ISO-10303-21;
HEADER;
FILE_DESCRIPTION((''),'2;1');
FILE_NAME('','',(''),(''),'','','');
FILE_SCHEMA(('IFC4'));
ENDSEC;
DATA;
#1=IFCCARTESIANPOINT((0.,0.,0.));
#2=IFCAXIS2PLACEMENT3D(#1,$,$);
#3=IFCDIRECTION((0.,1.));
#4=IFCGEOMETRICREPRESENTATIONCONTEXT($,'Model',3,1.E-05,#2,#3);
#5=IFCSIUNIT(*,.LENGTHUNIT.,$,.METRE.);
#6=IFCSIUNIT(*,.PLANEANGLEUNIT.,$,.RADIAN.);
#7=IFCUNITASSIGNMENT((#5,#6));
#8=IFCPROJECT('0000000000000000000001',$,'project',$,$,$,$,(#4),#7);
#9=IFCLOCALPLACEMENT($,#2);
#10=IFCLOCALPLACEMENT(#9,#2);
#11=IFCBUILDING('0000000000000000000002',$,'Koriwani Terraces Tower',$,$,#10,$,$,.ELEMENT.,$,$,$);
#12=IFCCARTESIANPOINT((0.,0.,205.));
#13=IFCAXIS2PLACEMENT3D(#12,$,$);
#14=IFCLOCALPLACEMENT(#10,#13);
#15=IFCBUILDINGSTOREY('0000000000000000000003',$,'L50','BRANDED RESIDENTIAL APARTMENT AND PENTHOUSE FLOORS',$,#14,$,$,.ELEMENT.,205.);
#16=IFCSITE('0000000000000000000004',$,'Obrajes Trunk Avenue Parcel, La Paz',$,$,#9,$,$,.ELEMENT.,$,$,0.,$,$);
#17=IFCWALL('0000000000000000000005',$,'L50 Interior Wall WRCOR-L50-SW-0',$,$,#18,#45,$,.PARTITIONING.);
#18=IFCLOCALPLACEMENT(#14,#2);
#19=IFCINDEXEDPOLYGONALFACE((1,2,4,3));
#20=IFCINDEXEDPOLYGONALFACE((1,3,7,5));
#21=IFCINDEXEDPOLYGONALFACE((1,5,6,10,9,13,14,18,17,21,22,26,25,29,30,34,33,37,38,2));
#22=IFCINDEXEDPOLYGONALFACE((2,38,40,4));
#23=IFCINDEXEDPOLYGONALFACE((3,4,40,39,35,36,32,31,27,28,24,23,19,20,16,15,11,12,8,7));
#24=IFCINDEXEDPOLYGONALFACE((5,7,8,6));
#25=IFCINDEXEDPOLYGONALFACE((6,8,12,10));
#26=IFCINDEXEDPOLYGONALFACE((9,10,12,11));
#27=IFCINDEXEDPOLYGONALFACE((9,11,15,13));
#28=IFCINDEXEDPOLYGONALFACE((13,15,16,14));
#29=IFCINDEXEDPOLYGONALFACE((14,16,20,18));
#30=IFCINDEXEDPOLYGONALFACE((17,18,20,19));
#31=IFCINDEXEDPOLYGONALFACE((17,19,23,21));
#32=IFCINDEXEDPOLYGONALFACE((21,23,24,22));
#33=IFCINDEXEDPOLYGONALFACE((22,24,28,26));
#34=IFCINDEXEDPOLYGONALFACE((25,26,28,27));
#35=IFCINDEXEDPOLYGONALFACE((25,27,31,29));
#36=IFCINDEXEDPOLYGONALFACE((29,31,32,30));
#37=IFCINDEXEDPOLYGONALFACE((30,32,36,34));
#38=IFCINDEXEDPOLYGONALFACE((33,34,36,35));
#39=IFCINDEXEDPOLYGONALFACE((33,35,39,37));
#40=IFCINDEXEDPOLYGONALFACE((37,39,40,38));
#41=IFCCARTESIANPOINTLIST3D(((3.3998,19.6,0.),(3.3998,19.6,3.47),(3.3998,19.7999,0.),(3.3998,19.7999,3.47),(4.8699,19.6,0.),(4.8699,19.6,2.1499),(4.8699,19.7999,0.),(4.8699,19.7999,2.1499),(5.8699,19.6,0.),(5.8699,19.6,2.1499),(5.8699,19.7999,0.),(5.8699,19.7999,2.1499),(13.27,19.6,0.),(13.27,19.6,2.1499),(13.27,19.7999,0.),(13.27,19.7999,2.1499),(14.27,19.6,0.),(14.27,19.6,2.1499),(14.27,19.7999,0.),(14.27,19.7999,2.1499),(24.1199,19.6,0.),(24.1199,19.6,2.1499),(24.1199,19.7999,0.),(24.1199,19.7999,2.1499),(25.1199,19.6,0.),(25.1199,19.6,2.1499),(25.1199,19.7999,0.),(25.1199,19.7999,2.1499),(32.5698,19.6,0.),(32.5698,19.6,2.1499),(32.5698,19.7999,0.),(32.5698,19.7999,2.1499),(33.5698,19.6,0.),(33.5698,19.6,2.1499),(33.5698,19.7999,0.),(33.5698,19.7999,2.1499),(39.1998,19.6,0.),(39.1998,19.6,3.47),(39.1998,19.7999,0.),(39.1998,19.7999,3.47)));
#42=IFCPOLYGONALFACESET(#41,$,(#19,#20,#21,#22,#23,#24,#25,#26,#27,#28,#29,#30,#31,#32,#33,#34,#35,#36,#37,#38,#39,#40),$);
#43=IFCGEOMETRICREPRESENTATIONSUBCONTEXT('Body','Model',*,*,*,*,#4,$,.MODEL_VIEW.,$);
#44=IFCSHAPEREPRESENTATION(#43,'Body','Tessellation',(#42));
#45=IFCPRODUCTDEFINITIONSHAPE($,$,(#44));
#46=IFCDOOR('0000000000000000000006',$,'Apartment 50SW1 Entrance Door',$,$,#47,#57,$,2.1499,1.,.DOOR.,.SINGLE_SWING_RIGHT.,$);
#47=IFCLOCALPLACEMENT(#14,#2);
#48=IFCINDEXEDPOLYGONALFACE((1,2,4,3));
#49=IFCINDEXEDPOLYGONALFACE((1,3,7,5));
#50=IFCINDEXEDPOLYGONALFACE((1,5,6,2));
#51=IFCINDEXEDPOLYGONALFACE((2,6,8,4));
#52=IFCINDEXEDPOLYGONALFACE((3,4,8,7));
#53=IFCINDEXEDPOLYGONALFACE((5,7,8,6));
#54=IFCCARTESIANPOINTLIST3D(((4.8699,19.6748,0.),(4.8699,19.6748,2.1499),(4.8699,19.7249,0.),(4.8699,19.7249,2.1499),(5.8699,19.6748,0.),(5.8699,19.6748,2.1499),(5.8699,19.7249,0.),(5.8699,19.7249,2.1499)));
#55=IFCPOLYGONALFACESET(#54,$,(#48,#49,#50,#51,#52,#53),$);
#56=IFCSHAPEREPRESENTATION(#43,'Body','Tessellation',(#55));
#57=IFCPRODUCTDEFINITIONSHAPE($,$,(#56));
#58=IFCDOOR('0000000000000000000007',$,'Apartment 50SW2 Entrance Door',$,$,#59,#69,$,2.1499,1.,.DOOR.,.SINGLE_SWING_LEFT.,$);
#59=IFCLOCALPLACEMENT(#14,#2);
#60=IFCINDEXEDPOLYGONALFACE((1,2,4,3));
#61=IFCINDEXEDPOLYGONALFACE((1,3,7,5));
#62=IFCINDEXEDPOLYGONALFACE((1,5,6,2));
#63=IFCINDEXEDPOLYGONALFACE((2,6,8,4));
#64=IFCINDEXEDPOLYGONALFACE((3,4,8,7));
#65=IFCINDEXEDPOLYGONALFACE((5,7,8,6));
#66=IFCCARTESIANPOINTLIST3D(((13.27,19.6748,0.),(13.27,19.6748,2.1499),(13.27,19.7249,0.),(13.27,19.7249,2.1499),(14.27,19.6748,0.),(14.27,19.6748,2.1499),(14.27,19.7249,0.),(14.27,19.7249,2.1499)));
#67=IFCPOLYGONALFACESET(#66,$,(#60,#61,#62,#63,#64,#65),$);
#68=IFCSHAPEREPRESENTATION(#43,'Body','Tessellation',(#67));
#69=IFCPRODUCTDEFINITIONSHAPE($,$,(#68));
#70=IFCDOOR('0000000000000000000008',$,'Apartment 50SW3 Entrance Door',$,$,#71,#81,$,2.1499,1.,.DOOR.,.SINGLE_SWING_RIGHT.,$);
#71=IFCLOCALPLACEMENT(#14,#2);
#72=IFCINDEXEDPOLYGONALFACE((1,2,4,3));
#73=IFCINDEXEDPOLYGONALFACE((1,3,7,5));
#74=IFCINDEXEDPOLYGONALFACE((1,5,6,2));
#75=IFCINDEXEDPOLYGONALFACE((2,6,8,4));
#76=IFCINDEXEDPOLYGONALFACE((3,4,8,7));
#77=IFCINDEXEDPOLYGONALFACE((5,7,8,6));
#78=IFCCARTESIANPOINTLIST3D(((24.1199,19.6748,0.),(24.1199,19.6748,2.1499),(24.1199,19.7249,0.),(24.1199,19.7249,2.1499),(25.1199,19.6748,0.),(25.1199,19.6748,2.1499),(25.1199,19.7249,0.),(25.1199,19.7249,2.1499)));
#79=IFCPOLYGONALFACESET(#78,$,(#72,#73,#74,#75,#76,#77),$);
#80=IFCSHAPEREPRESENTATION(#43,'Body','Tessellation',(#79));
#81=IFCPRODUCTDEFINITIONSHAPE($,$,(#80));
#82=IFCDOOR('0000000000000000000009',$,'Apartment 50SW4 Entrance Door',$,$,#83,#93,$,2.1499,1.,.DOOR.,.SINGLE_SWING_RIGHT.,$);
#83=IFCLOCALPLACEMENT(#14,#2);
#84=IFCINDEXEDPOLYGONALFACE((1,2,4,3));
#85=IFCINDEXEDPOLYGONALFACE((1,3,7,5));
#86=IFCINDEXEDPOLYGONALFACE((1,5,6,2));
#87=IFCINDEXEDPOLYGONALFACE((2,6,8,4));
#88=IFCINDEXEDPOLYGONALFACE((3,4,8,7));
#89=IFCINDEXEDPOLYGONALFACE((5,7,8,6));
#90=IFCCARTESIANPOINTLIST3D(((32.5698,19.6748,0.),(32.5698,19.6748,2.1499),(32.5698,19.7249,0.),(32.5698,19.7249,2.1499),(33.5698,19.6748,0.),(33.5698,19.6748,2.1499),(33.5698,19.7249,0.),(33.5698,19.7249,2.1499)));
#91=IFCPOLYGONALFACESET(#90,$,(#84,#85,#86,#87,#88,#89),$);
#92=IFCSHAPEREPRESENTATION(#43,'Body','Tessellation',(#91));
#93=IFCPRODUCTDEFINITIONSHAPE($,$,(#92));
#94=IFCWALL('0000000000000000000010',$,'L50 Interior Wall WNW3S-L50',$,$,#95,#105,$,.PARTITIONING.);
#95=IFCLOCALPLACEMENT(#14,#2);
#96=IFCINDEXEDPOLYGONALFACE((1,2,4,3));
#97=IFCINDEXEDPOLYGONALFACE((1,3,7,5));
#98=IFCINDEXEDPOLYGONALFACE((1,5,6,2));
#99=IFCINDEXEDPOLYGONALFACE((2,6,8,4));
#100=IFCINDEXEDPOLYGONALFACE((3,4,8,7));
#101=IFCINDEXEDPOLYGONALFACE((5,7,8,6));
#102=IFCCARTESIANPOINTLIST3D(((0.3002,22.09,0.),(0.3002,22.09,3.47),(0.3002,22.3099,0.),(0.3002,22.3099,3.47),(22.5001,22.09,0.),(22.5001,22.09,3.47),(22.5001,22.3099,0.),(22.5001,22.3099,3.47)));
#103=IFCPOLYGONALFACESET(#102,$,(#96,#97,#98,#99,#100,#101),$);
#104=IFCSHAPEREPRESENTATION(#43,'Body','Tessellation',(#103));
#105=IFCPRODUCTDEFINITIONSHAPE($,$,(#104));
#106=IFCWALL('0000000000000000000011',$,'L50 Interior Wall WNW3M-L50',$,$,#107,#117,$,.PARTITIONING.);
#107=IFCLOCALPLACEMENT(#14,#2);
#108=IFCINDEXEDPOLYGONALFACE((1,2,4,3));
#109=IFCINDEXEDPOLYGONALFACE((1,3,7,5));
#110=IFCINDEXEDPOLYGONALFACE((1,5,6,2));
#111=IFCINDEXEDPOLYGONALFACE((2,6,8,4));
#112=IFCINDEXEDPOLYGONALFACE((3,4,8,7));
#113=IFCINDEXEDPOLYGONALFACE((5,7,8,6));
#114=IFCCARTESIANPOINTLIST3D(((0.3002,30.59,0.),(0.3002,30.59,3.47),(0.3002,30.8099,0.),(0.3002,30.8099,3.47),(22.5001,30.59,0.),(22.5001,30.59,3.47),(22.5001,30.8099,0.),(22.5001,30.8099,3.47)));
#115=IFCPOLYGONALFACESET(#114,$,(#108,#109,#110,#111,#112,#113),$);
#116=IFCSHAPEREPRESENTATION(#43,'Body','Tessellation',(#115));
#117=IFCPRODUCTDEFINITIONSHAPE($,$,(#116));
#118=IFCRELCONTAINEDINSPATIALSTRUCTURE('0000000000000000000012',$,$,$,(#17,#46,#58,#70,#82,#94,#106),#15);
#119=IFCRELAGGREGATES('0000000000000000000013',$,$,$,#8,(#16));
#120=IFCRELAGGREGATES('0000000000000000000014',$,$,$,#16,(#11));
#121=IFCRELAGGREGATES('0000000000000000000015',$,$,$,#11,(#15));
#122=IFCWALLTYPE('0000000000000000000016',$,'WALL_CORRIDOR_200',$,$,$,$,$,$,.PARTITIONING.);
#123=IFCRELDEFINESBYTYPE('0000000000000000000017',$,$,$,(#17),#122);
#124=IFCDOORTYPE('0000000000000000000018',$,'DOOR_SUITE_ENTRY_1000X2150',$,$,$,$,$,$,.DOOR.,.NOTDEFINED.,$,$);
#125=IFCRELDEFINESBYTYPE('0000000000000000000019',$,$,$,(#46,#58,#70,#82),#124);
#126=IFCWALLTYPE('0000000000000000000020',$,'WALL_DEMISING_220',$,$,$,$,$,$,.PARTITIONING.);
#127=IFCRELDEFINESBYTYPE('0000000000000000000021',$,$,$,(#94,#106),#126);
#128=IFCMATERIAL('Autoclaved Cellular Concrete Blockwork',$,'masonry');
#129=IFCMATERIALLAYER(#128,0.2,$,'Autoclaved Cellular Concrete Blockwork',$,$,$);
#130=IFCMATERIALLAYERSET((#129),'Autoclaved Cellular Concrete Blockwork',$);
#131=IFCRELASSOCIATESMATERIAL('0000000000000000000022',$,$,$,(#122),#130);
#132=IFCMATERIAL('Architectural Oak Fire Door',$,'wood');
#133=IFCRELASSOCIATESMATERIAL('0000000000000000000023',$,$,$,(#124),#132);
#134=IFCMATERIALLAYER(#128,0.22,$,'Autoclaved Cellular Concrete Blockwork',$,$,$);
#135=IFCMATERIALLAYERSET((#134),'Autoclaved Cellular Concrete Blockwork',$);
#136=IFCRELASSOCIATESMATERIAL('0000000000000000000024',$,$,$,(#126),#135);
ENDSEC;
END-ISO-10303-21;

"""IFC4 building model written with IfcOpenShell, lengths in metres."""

from ifc_helpers import new_model, si_unit, direction, frame, frame_2d, origin, place, context, subcontext, project, spatial, rectangle, extrude, material, layer, layer_set, type_object, element, fill, save


model = new_model("IFC4")

# Units and contexts
model_context = context("Model", 3, precision=1e-05, world=origin(), true_north=direction((0.0, 1.0)))
body_context = subcontext(model_context, "Body", "Model", "MODEL_VIEW")
ifc_project = project(units=[si_unit("LENGTHUNIT", "METRE"), si_unit("PLANEANGLEUNIT", "RADIAN")], contexts=[model_context])

# Site, building, storey
site_placement = place(None, origin())
site = spatial("IfcSite", under=ifc_project, at=site_placement, Name="Obrajes Trunk Avenue Parcel, La Paz", CompositionType="ELEMENT", RefElevation=0.0)
building_placement = place(site_placement, origin())
building = spatial("IfcBuilding", under=site, at=building_placement, Name="Koriwani Terraces Tower", CompositionType="ELEMENT")
storey_placement = place(building_placement, frame((0.0, 0.0, 205.0)))
storey = spatial("IfcBuildingStorey", under=building, at=storey_placement, Name="L50", Description="BRANDED RESIDENTIAL APARTMENT AND PENTHOUSE FLOORS", CompositionType="ELEMENT", Elevation=205.0)

# Wall, openings, doors
ifc_material_1 = material(Name="Autoclaved Cellular Concrete Blockwork", Category="masonry")
ifc_layer_1 = layer(ifc_material_1, 0.2, Name="Autoclaved Cellular Concrete Blockwork")
ifc_layer_set_1 = layer_set([ifc_layer_1], Name="Autoclaved Cellular Concrete Blockwork")
wall_type_1 = type_object("IfcWallType", Name="WALL_CORRIDOR_200", PredefinedType="PARTITIONING", material=ifc_layer_set_1)
wall_placement = place(storey_placement, frame((3.3999, 19.7, 0.0), z_axis=(0.0, 0.0, 1.0), x_axis=(1.0, 0.0, 0.0)))
wall = element("IfcWall", 1, at=wall_placement, inside=storey, type_object=wall_type_1, Name="L50 Interior Wall WRCOR-L50-SW-0", PredefinedType="PARTITIONING", context=body_context, shape_type="SweptSolid", body=[
    extrude(rectangle(XDim=35.8, YDim=0.2, at=frame_2d((17.8999, 0.0))), origin(), (0.0, 0.0, 1.0), 3.47),
])
opening_1_placement = place(wall_placement, frame((1.47, 0.0, 0.0)))
opening_1 = element("IfcOpeningElement", 2, at=opening_1_placement, cuts=wall, PredefinedType="OPENING", context=body_context, shape_type="SweptSolid", body=[
    extrude(rectangle(XDim=1.0, YDim=2.1499, at=frame_2d((0.5, 1.075))), frame((0.0, 0.1099, 0.0), z_axis=(0.0, -1.0, 0.0), x_axis=(1.0, 0.0, 0.0)), (0.0, 0.0, 1.0), 0.22),
])
opening_2_placement = place(wall_placement, frame((9.8701, 0.0, 0.0)))
opening_2 = element("IfcOpeningElement", 3, at=opening_2_placement, cuts=wall, PredefinedType="OPENING", context=body_context, shape_type="SweptSolid", body=[
    extrude(rectangle(XDim=1.0, YDim=2.1499, at=frame_2d((0.5, 1.075))), frame((0.0, 0.1099, 0.0), z_axis=(0.0, -1.0, 0.0), x_axis=(1.0, 0.0, 0.0)), (0.0, 0.0, 1.0), 0.22),
])
opening_3_placement = place(wall_placement, frame((20.72, 0.0, 0.0)))
opening_3 = element("IfcOpeningElement", 4, at=opening_3_placement, cuts=wall, PredefinedType="OPENING", context=body_context, shape_type="SweptSolid", body=[
    extrude(rectangle(XDim=1.0, YDim=2.1499, at=frame_2d((0.5, 1.075))), frame((0.0, 0.1099, 0.0), z_axis=(0.0, -1.0, 0.0), x_axis=(1.0, 0.0, 0.0)), (0.0, 0.0, 1.0), 0.22),
])
opening_4_placement = place(wall_placement, frame((29.1699, 0.0, 0.0)))
opening_4 = element("IfcOpeningElement", 5, at=opening_4_placement, cuts=wall, PredefinedType="OPENING", context=body_context, shape_type="SweptSolid", body=[
    extrude(rectangle(XDim=1.0, YDim=2.1499, at=frame_2d((0.5, 1.075))), frame((0.0, 0.1099, 0.0), z_axis=(0.0, -1.0, 0.0), x_axis=(1.0, 0.0, 0.0)), (0.0, 0.0, 1.0), 0.22),
])
ifc_material_2 = material(Name="Architectural Oak Fire Door", Category="wood")
door_type = type_object("IfcDoorType", Name="DOOR_SUITE_ENTRY_1000X2150", OperationType="NOTDEFINED", PredefinedType="DOOR", material=ifc_material_2)
door_1_placement = place(opening_1_placement, origin())
door_1 = element("IfcDoor", 6, at=door_1_placement, inside=storey, type_object=door_type, Name="Apartment 50SW1 Entrance Door", OperationType="SINGLE_SWING_RIGHT", OverallHeight=2.1499, OverallWidth=1.0, PredefinedType="DOOR", context=body_context, shape_type="SweptSolid", body=[
    extrude(rectangle(XDim=1.0, YDim=2.1499, at=frame_2d((0.5, 1.075))), frame((0.0, 0.0249, 0.0), z_axis=(0.0, -1.0, 0.0), x_axis=(1.0, 0.0, 0.0)), (0.0, 0.0, 1.0), 0.05),
])
fill(opening_1, door_1)
door_2_placement = place(opening_2_placement, origin())
door_2 = element("IfcDoor", 7, at=door_2_placement, inside=storey, type_object=door_type, Name="Apartment 50SW2 Entrance Door", OperationType="SINGLE_SWING_LEFT", OverallHeight=2.1499, OverallWidth=1.0, PredefinedType="DOOR", context=body_context, shape_type="SweptSolid", body=[
    extrude(rectangle(XDim=1.0, YDim=2.1499, at=frame_2d((0.5, 1.075))), frame((0.0, 0.0249, 0.0), z_axis=(0.0, -1.0, 0.0), x_axis=(1.0, 0.0, 0.0)), (0.0, 0.0, 1.0), 0.05),
])
fill(opening_2, door_2)
door_3_placement = place(opening_3_placement, origin())
door_3 = element("IfcDoor", 8, at=door_3_placement, inside=storey, type_object=door_type, Name="Apartment 50SW3 Entrance Door", OperationType="SINGLE_SWING_RIGHT", OverallHeight=2.1499, OverallWidth=1.0, PredefinedType="DOOR", context=body_context, shape_type="SweptSolid", body=[
    extrude(rectangle(XDim=1.0, YDim=2.1499, at=frame_2d((0.5, 1.075))), frame((0.0, 0.0249, 0.0), z_axis=(0.0, -1.0, 0.0), x_axis=(1.0, 0.0, 0.0)), (0.0, 0.0, 1.0), 0.05),
])
fill(opening_3, door_3)
door_4_placement = place(opening_4_placement, origin())
door_4 = element("IfcDoor", 9, at=door_4_placement, inside=storey, type_object=door_type, Name="Apartment 50SW4 Entrance Door", OperationType="SINGLE_SWING_RIGHT", OverallHeight=2.1499, OverallWidth=1.0, PredefinedType="DOOR", context=body_context, shape_type="SweptSolid", body=[
    extrude(rectangle(XDim=1.0, YDim=2.1499, at=frame_2d((0.5, 1.075))), frame((0.0, 0.0249, 0.0), z_axis=(0.0, -1.0, 0.0), x_axis=(1.0, 0.0, 0.0)), (0.0, 0.0, 1.0), 0.05),
])
fill(opening_4, door_4)

# Walls
ifc_layer_2 = layer(ifc_material_1, 0.22, Name="Autoclaved Cellular Concrete Blockwork")
ifc_layer_set_2 = layer_set([ifc_layer_2], Name="Autoclaved Cellular Concrete Blockwork")
wall_type_2 = type_object("IfcWallType", Name="WALL_DEMISING_220", PredefinedType="PARTITIONING", material=ifc_layer_set_2)
for number, where, z_axis, x_axis, name in (
    (10, (0.3, 22.2, 0.0), (0.0, 0.0, 1.0), (1.0, 0.0, 0.0), "L50 Interior Wall WNW3S-L50"),
    (11, (0.3, 30.7, 0.0), (0.0, 0.0, 1.0), (1.0, 0.0, 0.0), "L50 Interior Wall WNW3M-L50"),
):
    element("IfcWall", number, at=place(storey_placement, frame(where, z_axis=z_axis, x_axis=x_axis)), inside=storey, type_object=wall_type_2, Name=name, PredefinedType="PARTITIONING", context=body_context, shape_type="SweptSolid", body=[
        extrude(rectangle(XDim=22.2, YDim=0.22, at=frame_2d((11.1001, 0.0))), origin(), (0.0, 0.0, 1.0), 3.47),
    ])

save(model, "model.ifc")
